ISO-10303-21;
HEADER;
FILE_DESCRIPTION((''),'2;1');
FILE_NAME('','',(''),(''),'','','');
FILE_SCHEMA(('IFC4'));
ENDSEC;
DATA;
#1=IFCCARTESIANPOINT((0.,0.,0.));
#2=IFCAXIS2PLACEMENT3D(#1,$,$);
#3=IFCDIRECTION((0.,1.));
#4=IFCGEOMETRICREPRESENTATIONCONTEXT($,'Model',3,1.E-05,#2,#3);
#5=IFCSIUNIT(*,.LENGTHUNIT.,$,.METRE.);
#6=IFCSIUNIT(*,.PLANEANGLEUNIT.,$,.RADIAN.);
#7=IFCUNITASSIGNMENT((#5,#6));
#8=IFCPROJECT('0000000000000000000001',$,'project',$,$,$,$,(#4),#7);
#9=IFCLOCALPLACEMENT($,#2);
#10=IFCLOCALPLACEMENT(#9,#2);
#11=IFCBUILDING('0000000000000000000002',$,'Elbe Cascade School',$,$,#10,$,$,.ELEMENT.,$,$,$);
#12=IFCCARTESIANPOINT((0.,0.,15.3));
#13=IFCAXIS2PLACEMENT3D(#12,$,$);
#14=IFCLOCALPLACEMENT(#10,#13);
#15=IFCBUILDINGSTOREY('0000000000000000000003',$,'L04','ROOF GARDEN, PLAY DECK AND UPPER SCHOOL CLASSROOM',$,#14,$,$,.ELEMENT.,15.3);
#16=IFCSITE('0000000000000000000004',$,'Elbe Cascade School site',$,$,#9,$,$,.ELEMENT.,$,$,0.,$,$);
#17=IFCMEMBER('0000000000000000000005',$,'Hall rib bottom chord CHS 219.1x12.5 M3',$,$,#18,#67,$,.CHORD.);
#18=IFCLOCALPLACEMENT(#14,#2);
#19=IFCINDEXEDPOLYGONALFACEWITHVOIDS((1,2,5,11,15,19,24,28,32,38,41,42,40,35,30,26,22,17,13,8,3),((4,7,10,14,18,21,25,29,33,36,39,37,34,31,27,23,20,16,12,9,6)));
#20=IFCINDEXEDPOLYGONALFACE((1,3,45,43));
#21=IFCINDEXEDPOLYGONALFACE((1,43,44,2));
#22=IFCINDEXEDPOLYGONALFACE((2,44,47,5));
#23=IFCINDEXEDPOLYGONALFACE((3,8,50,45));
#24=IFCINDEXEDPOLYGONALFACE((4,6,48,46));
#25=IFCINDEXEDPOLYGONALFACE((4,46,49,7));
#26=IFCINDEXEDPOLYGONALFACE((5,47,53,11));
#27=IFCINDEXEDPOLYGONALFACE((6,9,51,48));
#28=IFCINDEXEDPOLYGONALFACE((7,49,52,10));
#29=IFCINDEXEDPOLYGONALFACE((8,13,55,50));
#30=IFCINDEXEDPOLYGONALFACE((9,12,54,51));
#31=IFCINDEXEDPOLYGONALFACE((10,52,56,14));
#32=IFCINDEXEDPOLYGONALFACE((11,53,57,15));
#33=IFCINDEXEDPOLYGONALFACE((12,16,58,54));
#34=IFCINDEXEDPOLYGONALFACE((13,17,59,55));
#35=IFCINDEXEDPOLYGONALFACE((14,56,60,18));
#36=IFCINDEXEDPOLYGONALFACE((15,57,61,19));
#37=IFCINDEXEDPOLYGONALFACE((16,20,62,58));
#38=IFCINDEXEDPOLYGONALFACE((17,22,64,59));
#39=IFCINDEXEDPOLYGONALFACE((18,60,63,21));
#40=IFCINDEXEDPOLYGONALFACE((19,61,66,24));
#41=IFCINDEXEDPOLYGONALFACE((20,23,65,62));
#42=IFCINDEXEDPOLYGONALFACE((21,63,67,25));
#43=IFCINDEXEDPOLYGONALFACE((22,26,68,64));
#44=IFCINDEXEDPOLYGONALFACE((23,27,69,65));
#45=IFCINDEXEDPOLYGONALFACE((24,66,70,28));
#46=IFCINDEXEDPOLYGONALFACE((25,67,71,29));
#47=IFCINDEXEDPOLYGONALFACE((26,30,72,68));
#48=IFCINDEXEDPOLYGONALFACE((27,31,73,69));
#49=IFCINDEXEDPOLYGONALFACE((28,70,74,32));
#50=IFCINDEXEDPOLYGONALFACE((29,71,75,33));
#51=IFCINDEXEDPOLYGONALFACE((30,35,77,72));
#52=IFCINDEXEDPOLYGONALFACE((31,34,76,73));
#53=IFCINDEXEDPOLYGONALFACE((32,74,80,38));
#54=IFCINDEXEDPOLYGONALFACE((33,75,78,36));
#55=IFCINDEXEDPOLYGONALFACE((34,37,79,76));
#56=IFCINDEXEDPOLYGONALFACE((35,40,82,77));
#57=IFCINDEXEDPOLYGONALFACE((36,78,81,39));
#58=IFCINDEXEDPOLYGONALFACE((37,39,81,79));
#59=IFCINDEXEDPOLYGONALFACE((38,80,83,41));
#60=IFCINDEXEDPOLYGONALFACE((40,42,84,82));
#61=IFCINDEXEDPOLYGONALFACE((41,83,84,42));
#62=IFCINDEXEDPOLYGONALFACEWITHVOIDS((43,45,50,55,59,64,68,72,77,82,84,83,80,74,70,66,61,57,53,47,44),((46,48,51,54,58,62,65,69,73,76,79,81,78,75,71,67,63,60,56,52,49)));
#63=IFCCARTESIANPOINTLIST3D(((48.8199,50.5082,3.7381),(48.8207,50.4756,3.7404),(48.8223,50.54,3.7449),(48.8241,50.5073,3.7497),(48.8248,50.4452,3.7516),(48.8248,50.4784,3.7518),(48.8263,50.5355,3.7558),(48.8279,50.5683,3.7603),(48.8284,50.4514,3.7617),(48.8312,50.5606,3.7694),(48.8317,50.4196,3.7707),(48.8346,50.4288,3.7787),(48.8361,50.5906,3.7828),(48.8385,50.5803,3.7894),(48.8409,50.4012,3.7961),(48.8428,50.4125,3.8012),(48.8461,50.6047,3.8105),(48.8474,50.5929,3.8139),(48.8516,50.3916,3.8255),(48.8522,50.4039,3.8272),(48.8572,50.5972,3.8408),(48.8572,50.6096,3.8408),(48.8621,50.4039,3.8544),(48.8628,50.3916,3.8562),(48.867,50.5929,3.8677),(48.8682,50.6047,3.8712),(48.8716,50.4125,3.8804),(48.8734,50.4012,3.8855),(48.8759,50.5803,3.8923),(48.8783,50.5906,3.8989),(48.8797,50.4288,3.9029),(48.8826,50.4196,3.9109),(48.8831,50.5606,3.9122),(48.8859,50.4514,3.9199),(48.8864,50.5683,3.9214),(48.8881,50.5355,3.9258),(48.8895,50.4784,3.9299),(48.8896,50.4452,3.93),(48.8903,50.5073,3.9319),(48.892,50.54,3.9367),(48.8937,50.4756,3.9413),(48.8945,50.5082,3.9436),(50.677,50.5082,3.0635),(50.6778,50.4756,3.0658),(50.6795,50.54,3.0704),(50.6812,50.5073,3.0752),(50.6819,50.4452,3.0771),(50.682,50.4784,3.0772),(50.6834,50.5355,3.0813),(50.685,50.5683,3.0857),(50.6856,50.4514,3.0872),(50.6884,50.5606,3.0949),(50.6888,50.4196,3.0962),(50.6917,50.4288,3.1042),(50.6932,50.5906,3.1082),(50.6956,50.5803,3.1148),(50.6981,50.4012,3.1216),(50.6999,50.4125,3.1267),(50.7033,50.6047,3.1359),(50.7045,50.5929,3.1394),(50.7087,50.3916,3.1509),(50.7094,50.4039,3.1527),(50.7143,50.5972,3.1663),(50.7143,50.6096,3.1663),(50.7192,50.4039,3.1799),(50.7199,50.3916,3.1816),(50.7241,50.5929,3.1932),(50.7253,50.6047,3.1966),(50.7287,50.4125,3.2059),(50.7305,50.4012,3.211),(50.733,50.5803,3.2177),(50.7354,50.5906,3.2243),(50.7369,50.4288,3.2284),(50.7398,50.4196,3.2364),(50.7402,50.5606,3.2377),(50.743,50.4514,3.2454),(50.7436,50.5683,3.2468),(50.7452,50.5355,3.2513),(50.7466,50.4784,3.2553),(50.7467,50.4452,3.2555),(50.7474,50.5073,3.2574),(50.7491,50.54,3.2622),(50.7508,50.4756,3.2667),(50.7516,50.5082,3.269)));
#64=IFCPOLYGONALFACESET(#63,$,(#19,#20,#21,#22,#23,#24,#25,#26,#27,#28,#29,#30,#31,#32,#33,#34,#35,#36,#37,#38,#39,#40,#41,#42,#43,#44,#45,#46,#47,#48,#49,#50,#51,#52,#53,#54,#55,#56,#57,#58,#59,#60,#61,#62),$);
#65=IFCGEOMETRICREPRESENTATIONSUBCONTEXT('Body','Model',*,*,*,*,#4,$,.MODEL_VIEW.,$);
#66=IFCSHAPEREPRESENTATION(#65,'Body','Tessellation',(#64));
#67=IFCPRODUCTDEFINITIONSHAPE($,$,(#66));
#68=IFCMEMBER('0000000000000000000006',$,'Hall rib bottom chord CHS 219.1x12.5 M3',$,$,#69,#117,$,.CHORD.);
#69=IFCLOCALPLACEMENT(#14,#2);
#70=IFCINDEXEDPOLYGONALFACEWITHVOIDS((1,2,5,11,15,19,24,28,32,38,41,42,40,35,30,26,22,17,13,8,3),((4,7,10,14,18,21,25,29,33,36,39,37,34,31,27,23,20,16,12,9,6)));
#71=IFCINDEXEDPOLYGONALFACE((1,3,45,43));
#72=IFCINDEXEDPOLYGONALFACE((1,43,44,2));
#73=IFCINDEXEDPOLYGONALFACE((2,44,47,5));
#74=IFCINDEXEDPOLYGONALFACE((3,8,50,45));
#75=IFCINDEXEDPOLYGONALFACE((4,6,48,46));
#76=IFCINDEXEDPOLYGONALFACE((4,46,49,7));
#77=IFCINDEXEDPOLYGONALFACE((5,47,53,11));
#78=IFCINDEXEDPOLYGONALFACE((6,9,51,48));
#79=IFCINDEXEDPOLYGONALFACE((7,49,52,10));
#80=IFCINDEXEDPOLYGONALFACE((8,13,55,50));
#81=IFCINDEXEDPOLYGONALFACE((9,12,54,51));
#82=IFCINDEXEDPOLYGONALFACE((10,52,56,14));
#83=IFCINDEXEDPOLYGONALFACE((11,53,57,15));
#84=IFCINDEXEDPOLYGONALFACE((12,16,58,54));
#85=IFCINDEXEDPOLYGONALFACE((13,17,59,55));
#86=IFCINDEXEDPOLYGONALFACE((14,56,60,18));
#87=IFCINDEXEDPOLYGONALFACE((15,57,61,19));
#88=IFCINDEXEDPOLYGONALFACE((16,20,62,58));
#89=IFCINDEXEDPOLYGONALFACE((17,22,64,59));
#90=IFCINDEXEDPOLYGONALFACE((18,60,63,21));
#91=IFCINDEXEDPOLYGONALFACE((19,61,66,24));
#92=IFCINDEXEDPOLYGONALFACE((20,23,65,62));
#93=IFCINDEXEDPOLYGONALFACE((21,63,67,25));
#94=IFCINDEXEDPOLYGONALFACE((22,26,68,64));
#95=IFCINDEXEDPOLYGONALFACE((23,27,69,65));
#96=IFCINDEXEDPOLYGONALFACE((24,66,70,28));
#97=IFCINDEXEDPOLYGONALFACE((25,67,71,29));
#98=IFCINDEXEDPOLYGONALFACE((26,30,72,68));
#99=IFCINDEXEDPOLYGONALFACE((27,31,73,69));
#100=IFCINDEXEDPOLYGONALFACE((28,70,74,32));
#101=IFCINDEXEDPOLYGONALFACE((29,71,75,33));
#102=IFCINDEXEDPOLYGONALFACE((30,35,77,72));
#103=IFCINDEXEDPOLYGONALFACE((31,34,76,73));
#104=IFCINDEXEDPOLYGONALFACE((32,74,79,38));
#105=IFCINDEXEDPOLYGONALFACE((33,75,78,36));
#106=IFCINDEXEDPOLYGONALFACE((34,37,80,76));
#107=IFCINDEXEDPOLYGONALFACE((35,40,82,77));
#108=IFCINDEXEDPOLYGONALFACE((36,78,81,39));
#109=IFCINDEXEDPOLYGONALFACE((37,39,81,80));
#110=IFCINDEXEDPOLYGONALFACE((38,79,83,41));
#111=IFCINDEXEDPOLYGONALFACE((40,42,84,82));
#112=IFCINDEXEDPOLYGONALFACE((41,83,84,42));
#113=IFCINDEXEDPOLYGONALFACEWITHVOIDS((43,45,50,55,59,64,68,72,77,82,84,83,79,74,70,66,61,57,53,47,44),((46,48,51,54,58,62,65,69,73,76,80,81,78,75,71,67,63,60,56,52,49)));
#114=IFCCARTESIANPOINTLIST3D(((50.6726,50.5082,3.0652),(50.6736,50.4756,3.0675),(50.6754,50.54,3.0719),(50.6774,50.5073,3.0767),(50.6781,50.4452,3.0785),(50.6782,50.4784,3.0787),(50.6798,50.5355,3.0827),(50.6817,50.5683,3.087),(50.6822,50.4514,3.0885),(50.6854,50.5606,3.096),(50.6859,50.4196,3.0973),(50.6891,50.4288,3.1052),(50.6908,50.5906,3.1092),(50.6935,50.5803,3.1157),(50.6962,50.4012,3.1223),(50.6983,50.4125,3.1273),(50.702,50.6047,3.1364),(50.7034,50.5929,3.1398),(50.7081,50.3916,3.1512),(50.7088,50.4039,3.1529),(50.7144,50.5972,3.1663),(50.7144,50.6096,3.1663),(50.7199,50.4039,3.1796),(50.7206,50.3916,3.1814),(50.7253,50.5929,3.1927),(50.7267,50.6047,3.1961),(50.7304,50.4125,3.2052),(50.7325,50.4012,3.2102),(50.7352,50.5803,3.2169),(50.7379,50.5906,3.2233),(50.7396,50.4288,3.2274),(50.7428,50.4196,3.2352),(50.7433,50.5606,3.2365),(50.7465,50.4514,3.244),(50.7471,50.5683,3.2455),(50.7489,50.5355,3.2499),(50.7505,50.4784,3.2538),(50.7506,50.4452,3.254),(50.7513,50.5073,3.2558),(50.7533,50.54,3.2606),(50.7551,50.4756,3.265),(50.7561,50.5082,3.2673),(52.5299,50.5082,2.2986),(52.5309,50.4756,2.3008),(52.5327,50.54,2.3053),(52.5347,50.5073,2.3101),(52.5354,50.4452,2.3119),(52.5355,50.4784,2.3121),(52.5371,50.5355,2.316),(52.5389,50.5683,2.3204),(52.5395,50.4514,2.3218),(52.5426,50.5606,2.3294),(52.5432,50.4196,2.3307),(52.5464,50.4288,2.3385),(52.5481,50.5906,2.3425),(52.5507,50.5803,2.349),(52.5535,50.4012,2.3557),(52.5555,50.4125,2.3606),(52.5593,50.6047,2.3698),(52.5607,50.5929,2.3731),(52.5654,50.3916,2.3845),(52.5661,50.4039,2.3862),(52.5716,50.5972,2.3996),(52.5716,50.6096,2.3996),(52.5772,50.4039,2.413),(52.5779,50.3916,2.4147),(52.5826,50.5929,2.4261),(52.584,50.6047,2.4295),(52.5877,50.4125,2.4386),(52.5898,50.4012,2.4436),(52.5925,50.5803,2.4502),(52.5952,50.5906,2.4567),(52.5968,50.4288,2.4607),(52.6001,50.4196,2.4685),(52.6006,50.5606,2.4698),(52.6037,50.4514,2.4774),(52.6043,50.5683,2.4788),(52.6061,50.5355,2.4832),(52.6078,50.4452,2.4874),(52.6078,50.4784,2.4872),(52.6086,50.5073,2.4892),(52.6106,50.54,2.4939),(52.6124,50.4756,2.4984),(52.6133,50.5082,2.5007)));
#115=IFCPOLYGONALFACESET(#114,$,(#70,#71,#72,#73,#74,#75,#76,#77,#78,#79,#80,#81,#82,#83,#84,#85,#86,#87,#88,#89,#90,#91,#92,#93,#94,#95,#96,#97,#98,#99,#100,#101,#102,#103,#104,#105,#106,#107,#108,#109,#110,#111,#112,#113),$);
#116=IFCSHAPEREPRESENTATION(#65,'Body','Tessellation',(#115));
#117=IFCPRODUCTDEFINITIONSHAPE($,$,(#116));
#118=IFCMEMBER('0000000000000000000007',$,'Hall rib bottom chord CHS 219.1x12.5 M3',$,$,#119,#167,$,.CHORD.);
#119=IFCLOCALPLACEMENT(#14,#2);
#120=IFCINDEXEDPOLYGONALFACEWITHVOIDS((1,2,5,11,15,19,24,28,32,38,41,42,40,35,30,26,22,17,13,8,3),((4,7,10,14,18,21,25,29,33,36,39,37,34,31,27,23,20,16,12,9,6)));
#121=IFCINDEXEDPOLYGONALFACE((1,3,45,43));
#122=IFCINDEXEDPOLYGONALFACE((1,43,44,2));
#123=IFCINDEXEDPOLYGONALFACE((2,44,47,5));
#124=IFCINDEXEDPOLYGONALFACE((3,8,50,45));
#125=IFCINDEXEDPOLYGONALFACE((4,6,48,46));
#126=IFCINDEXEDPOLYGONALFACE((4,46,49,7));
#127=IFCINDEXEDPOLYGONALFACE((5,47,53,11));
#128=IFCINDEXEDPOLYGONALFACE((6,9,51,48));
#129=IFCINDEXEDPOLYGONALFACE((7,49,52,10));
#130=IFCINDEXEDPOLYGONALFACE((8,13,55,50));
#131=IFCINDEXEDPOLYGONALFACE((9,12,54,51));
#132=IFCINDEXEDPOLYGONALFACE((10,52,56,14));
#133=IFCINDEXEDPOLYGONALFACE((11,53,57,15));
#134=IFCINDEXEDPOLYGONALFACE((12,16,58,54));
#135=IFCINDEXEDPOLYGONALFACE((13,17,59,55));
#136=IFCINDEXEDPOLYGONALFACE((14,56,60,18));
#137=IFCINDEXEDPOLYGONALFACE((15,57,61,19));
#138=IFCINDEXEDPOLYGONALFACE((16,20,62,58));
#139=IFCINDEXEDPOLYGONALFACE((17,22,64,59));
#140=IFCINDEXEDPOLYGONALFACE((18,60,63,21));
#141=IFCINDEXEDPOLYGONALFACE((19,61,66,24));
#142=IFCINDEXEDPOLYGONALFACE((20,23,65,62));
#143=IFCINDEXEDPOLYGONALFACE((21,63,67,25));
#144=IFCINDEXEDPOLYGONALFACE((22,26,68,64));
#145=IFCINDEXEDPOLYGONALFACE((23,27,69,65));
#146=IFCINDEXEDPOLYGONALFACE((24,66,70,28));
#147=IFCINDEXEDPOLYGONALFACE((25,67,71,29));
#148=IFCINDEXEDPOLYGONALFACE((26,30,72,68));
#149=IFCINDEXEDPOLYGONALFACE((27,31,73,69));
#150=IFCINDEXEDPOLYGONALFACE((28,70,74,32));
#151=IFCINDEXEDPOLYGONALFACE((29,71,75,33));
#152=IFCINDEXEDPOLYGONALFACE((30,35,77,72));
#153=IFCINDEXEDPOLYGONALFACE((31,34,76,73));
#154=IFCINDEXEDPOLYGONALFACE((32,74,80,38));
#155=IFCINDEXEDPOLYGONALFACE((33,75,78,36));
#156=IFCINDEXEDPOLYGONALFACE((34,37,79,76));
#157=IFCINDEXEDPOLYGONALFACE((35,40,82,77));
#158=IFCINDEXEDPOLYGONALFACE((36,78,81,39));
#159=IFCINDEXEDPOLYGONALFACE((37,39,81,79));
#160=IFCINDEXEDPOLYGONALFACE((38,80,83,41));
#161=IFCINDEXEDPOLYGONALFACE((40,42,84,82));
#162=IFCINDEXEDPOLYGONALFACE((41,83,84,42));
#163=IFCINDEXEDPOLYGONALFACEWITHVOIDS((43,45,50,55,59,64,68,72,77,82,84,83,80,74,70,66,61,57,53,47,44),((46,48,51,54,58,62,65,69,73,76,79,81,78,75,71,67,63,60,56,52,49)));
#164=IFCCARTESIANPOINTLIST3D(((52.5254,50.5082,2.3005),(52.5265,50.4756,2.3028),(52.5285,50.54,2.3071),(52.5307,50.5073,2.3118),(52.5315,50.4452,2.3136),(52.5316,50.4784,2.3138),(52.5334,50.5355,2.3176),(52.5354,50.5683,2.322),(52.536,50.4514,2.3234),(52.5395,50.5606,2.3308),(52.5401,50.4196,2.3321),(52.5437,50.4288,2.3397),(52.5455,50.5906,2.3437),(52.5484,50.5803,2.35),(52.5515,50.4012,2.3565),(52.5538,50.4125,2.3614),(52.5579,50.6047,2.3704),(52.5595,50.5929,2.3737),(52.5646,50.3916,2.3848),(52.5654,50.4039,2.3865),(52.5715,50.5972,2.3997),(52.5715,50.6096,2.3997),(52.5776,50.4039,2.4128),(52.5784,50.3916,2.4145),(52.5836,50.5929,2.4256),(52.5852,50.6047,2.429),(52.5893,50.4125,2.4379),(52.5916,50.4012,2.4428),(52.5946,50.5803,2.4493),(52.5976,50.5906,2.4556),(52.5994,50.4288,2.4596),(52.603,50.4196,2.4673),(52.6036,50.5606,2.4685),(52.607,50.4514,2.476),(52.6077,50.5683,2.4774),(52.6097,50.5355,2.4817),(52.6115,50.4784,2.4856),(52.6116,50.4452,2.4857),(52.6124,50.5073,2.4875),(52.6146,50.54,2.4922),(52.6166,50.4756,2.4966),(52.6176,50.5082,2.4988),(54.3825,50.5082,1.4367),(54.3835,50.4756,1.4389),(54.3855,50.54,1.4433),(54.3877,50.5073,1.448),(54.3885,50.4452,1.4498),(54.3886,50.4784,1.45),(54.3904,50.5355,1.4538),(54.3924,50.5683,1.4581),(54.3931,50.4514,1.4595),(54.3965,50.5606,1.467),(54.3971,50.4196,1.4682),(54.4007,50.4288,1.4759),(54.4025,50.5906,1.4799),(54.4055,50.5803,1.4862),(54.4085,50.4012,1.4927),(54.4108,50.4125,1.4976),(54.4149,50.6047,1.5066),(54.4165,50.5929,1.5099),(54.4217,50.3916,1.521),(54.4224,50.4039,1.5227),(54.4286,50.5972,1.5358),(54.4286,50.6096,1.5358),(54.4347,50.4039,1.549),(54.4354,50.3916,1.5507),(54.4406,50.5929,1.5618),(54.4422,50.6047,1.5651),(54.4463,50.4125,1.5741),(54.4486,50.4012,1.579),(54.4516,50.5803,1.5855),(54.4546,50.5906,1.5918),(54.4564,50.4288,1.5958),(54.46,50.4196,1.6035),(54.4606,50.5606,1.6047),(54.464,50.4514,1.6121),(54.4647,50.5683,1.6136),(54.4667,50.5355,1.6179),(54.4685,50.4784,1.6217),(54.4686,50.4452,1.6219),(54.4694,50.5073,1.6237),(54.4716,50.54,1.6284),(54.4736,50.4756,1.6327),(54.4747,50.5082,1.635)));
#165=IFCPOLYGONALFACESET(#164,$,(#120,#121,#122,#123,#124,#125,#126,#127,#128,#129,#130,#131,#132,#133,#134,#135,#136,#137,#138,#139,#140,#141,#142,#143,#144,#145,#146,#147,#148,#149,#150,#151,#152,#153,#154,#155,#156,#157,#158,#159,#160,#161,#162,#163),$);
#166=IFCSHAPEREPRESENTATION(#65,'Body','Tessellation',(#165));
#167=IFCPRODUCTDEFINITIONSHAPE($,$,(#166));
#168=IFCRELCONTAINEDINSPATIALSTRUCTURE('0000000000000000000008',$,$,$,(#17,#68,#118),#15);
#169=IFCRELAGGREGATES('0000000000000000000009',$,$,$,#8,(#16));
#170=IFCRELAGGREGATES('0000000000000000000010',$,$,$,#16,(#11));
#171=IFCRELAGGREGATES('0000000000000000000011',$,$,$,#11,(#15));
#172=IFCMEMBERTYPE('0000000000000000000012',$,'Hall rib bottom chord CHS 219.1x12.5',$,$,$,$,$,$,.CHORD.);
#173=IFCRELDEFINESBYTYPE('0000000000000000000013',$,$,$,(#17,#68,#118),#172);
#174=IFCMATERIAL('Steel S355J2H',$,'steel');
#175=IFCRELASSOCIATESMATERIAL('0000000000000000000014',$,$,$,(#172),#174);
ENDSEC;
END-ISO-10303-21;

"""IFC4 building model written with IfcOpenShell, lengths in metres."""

from ifc_helpers import new_model, si_unit, direction, frame, origin, origin_2d, place, context, subcontext, project, spatial, hollow_circle, extrude, material, material_profile, profile_set, type_object, element, save


model = new_model("IFC4")

# Units and contexts
model_context = context("Model", 3, precision=1e-05, world=origin(), true_north=direction((0.0, 1.0)))
body_context = subcontext(model_context, "Body", "Model", "MODEL_VIEW")
ifc_project = project(units=[si_unit("LENGTHUNIT", "METRE"), si_unit("PLANEANGLEUNIT", "RADIAN")], contexts=[model_context])

# Site, building, storey
site_placement = place(None, origin())
site = spatial("IfcSite", under=ifc_project, at=site_placement, Name="Elbe Cascade School site", CompositionType="ELEMENT", RefElevation=0.0)
building_placement = place(site_placement, origin())
building = spatial("IfcBuilding", under=site, at=building_placement, Name="Elbe Cascade School", CompositionType="ELEMENT")
storey_placement = place(building_placement, frame((0.0, 0.0, 15.3)))
storey = spatial("IfcBuildingStorey", under=building, at=storey_placement, Name="L04", Description="ROOF GARDEN, PLAY DECK AND UPPER SCHOOL CLASSROOM", CompositionType="ELEMENT", Elevation=15.3)

# Members
ifc_material_1 = material(Name="Steel S355J2H", Category="steel")
ifc_material_profile_1 = material_profile(ifc_material_1, hollow_circle(Radius=0.1096, WallThickness=0.0125, at=origin_2d()), Name="CHS 219.1x12.5")
ifc_profile_set_1 = profile_set([ifc_material_profile_1], Name="Steel S355J2H")
member_type_1 = type_object("IfcMemberType", Name="Hall rib bottom chord CHS 219.1x12.5", PredefinedType="CHORD", material=ifc_profile_set_1)
member_1_placement = place(storey_placement, frame((48.8572, 50.5, 3.8408), z_axis=(0.93992, 0.0, -0.341396), x_axis=(0.0, 1.0, 0.0)))
element("IfcMember", 1, at=member_1_placement, inside=storey, type_object=member_type_1, Name="Hall rib bottom chord CHS 219.1x12.5 M3", PredefinedType="CHORD", context=body_context, shape_type="SweptSolid", body=[
    extrude(hollow_circle(Radius=0.1096, WallThickness=0.0125, at=origin_2d()), origin(), (0.0, 0.0, 1.0), 1.9758),
])
member_2_placement = place(storey_placement, frame((50.7144, 50.5, 3.1663), z_axis=(0.924348, 0.0, -0.38155), x_axis=(0.0, 1.0, 0.0)))
element("IfcMember", 2, at=member_2_placement, inside=storey, type_object=member_type_1, Name="Hall rib bottom chord CHS 219.1x12.5 M3", PredefinedType="CHORD", context=body_context, shape_type="SweptSolid", body=[
    extrude(hollow_circle(Radius=0.1096, WallThickness=0.0125, at=origin_2d()), origin(), (0.0, 0.0, 1.0), 2.0093),
])
member_3_placement = place(storey_placement, frame((52.5715, 50.5, 2.3997), z_axis=(0.906706, 0.0, -0.421763), x_axis=(0.0, 1.0, 0.0)))
element("IfcMember", 3, at=member_3_placement, inside=storey, type_object=member_type_1, Name="Hall rib bottom chord CHS 219.1x12.5 M3", PredefinedType="CHORD", context=body_context, shape_type="SweptSolid", body=[
    extrude(hollow_circle(Radius=0.1096, WallThickness=0.0125, at=origin_2d()), origin(), (0.0, 0.0, 1.0), 2.0481),
])

save(model, "model.ifc")
